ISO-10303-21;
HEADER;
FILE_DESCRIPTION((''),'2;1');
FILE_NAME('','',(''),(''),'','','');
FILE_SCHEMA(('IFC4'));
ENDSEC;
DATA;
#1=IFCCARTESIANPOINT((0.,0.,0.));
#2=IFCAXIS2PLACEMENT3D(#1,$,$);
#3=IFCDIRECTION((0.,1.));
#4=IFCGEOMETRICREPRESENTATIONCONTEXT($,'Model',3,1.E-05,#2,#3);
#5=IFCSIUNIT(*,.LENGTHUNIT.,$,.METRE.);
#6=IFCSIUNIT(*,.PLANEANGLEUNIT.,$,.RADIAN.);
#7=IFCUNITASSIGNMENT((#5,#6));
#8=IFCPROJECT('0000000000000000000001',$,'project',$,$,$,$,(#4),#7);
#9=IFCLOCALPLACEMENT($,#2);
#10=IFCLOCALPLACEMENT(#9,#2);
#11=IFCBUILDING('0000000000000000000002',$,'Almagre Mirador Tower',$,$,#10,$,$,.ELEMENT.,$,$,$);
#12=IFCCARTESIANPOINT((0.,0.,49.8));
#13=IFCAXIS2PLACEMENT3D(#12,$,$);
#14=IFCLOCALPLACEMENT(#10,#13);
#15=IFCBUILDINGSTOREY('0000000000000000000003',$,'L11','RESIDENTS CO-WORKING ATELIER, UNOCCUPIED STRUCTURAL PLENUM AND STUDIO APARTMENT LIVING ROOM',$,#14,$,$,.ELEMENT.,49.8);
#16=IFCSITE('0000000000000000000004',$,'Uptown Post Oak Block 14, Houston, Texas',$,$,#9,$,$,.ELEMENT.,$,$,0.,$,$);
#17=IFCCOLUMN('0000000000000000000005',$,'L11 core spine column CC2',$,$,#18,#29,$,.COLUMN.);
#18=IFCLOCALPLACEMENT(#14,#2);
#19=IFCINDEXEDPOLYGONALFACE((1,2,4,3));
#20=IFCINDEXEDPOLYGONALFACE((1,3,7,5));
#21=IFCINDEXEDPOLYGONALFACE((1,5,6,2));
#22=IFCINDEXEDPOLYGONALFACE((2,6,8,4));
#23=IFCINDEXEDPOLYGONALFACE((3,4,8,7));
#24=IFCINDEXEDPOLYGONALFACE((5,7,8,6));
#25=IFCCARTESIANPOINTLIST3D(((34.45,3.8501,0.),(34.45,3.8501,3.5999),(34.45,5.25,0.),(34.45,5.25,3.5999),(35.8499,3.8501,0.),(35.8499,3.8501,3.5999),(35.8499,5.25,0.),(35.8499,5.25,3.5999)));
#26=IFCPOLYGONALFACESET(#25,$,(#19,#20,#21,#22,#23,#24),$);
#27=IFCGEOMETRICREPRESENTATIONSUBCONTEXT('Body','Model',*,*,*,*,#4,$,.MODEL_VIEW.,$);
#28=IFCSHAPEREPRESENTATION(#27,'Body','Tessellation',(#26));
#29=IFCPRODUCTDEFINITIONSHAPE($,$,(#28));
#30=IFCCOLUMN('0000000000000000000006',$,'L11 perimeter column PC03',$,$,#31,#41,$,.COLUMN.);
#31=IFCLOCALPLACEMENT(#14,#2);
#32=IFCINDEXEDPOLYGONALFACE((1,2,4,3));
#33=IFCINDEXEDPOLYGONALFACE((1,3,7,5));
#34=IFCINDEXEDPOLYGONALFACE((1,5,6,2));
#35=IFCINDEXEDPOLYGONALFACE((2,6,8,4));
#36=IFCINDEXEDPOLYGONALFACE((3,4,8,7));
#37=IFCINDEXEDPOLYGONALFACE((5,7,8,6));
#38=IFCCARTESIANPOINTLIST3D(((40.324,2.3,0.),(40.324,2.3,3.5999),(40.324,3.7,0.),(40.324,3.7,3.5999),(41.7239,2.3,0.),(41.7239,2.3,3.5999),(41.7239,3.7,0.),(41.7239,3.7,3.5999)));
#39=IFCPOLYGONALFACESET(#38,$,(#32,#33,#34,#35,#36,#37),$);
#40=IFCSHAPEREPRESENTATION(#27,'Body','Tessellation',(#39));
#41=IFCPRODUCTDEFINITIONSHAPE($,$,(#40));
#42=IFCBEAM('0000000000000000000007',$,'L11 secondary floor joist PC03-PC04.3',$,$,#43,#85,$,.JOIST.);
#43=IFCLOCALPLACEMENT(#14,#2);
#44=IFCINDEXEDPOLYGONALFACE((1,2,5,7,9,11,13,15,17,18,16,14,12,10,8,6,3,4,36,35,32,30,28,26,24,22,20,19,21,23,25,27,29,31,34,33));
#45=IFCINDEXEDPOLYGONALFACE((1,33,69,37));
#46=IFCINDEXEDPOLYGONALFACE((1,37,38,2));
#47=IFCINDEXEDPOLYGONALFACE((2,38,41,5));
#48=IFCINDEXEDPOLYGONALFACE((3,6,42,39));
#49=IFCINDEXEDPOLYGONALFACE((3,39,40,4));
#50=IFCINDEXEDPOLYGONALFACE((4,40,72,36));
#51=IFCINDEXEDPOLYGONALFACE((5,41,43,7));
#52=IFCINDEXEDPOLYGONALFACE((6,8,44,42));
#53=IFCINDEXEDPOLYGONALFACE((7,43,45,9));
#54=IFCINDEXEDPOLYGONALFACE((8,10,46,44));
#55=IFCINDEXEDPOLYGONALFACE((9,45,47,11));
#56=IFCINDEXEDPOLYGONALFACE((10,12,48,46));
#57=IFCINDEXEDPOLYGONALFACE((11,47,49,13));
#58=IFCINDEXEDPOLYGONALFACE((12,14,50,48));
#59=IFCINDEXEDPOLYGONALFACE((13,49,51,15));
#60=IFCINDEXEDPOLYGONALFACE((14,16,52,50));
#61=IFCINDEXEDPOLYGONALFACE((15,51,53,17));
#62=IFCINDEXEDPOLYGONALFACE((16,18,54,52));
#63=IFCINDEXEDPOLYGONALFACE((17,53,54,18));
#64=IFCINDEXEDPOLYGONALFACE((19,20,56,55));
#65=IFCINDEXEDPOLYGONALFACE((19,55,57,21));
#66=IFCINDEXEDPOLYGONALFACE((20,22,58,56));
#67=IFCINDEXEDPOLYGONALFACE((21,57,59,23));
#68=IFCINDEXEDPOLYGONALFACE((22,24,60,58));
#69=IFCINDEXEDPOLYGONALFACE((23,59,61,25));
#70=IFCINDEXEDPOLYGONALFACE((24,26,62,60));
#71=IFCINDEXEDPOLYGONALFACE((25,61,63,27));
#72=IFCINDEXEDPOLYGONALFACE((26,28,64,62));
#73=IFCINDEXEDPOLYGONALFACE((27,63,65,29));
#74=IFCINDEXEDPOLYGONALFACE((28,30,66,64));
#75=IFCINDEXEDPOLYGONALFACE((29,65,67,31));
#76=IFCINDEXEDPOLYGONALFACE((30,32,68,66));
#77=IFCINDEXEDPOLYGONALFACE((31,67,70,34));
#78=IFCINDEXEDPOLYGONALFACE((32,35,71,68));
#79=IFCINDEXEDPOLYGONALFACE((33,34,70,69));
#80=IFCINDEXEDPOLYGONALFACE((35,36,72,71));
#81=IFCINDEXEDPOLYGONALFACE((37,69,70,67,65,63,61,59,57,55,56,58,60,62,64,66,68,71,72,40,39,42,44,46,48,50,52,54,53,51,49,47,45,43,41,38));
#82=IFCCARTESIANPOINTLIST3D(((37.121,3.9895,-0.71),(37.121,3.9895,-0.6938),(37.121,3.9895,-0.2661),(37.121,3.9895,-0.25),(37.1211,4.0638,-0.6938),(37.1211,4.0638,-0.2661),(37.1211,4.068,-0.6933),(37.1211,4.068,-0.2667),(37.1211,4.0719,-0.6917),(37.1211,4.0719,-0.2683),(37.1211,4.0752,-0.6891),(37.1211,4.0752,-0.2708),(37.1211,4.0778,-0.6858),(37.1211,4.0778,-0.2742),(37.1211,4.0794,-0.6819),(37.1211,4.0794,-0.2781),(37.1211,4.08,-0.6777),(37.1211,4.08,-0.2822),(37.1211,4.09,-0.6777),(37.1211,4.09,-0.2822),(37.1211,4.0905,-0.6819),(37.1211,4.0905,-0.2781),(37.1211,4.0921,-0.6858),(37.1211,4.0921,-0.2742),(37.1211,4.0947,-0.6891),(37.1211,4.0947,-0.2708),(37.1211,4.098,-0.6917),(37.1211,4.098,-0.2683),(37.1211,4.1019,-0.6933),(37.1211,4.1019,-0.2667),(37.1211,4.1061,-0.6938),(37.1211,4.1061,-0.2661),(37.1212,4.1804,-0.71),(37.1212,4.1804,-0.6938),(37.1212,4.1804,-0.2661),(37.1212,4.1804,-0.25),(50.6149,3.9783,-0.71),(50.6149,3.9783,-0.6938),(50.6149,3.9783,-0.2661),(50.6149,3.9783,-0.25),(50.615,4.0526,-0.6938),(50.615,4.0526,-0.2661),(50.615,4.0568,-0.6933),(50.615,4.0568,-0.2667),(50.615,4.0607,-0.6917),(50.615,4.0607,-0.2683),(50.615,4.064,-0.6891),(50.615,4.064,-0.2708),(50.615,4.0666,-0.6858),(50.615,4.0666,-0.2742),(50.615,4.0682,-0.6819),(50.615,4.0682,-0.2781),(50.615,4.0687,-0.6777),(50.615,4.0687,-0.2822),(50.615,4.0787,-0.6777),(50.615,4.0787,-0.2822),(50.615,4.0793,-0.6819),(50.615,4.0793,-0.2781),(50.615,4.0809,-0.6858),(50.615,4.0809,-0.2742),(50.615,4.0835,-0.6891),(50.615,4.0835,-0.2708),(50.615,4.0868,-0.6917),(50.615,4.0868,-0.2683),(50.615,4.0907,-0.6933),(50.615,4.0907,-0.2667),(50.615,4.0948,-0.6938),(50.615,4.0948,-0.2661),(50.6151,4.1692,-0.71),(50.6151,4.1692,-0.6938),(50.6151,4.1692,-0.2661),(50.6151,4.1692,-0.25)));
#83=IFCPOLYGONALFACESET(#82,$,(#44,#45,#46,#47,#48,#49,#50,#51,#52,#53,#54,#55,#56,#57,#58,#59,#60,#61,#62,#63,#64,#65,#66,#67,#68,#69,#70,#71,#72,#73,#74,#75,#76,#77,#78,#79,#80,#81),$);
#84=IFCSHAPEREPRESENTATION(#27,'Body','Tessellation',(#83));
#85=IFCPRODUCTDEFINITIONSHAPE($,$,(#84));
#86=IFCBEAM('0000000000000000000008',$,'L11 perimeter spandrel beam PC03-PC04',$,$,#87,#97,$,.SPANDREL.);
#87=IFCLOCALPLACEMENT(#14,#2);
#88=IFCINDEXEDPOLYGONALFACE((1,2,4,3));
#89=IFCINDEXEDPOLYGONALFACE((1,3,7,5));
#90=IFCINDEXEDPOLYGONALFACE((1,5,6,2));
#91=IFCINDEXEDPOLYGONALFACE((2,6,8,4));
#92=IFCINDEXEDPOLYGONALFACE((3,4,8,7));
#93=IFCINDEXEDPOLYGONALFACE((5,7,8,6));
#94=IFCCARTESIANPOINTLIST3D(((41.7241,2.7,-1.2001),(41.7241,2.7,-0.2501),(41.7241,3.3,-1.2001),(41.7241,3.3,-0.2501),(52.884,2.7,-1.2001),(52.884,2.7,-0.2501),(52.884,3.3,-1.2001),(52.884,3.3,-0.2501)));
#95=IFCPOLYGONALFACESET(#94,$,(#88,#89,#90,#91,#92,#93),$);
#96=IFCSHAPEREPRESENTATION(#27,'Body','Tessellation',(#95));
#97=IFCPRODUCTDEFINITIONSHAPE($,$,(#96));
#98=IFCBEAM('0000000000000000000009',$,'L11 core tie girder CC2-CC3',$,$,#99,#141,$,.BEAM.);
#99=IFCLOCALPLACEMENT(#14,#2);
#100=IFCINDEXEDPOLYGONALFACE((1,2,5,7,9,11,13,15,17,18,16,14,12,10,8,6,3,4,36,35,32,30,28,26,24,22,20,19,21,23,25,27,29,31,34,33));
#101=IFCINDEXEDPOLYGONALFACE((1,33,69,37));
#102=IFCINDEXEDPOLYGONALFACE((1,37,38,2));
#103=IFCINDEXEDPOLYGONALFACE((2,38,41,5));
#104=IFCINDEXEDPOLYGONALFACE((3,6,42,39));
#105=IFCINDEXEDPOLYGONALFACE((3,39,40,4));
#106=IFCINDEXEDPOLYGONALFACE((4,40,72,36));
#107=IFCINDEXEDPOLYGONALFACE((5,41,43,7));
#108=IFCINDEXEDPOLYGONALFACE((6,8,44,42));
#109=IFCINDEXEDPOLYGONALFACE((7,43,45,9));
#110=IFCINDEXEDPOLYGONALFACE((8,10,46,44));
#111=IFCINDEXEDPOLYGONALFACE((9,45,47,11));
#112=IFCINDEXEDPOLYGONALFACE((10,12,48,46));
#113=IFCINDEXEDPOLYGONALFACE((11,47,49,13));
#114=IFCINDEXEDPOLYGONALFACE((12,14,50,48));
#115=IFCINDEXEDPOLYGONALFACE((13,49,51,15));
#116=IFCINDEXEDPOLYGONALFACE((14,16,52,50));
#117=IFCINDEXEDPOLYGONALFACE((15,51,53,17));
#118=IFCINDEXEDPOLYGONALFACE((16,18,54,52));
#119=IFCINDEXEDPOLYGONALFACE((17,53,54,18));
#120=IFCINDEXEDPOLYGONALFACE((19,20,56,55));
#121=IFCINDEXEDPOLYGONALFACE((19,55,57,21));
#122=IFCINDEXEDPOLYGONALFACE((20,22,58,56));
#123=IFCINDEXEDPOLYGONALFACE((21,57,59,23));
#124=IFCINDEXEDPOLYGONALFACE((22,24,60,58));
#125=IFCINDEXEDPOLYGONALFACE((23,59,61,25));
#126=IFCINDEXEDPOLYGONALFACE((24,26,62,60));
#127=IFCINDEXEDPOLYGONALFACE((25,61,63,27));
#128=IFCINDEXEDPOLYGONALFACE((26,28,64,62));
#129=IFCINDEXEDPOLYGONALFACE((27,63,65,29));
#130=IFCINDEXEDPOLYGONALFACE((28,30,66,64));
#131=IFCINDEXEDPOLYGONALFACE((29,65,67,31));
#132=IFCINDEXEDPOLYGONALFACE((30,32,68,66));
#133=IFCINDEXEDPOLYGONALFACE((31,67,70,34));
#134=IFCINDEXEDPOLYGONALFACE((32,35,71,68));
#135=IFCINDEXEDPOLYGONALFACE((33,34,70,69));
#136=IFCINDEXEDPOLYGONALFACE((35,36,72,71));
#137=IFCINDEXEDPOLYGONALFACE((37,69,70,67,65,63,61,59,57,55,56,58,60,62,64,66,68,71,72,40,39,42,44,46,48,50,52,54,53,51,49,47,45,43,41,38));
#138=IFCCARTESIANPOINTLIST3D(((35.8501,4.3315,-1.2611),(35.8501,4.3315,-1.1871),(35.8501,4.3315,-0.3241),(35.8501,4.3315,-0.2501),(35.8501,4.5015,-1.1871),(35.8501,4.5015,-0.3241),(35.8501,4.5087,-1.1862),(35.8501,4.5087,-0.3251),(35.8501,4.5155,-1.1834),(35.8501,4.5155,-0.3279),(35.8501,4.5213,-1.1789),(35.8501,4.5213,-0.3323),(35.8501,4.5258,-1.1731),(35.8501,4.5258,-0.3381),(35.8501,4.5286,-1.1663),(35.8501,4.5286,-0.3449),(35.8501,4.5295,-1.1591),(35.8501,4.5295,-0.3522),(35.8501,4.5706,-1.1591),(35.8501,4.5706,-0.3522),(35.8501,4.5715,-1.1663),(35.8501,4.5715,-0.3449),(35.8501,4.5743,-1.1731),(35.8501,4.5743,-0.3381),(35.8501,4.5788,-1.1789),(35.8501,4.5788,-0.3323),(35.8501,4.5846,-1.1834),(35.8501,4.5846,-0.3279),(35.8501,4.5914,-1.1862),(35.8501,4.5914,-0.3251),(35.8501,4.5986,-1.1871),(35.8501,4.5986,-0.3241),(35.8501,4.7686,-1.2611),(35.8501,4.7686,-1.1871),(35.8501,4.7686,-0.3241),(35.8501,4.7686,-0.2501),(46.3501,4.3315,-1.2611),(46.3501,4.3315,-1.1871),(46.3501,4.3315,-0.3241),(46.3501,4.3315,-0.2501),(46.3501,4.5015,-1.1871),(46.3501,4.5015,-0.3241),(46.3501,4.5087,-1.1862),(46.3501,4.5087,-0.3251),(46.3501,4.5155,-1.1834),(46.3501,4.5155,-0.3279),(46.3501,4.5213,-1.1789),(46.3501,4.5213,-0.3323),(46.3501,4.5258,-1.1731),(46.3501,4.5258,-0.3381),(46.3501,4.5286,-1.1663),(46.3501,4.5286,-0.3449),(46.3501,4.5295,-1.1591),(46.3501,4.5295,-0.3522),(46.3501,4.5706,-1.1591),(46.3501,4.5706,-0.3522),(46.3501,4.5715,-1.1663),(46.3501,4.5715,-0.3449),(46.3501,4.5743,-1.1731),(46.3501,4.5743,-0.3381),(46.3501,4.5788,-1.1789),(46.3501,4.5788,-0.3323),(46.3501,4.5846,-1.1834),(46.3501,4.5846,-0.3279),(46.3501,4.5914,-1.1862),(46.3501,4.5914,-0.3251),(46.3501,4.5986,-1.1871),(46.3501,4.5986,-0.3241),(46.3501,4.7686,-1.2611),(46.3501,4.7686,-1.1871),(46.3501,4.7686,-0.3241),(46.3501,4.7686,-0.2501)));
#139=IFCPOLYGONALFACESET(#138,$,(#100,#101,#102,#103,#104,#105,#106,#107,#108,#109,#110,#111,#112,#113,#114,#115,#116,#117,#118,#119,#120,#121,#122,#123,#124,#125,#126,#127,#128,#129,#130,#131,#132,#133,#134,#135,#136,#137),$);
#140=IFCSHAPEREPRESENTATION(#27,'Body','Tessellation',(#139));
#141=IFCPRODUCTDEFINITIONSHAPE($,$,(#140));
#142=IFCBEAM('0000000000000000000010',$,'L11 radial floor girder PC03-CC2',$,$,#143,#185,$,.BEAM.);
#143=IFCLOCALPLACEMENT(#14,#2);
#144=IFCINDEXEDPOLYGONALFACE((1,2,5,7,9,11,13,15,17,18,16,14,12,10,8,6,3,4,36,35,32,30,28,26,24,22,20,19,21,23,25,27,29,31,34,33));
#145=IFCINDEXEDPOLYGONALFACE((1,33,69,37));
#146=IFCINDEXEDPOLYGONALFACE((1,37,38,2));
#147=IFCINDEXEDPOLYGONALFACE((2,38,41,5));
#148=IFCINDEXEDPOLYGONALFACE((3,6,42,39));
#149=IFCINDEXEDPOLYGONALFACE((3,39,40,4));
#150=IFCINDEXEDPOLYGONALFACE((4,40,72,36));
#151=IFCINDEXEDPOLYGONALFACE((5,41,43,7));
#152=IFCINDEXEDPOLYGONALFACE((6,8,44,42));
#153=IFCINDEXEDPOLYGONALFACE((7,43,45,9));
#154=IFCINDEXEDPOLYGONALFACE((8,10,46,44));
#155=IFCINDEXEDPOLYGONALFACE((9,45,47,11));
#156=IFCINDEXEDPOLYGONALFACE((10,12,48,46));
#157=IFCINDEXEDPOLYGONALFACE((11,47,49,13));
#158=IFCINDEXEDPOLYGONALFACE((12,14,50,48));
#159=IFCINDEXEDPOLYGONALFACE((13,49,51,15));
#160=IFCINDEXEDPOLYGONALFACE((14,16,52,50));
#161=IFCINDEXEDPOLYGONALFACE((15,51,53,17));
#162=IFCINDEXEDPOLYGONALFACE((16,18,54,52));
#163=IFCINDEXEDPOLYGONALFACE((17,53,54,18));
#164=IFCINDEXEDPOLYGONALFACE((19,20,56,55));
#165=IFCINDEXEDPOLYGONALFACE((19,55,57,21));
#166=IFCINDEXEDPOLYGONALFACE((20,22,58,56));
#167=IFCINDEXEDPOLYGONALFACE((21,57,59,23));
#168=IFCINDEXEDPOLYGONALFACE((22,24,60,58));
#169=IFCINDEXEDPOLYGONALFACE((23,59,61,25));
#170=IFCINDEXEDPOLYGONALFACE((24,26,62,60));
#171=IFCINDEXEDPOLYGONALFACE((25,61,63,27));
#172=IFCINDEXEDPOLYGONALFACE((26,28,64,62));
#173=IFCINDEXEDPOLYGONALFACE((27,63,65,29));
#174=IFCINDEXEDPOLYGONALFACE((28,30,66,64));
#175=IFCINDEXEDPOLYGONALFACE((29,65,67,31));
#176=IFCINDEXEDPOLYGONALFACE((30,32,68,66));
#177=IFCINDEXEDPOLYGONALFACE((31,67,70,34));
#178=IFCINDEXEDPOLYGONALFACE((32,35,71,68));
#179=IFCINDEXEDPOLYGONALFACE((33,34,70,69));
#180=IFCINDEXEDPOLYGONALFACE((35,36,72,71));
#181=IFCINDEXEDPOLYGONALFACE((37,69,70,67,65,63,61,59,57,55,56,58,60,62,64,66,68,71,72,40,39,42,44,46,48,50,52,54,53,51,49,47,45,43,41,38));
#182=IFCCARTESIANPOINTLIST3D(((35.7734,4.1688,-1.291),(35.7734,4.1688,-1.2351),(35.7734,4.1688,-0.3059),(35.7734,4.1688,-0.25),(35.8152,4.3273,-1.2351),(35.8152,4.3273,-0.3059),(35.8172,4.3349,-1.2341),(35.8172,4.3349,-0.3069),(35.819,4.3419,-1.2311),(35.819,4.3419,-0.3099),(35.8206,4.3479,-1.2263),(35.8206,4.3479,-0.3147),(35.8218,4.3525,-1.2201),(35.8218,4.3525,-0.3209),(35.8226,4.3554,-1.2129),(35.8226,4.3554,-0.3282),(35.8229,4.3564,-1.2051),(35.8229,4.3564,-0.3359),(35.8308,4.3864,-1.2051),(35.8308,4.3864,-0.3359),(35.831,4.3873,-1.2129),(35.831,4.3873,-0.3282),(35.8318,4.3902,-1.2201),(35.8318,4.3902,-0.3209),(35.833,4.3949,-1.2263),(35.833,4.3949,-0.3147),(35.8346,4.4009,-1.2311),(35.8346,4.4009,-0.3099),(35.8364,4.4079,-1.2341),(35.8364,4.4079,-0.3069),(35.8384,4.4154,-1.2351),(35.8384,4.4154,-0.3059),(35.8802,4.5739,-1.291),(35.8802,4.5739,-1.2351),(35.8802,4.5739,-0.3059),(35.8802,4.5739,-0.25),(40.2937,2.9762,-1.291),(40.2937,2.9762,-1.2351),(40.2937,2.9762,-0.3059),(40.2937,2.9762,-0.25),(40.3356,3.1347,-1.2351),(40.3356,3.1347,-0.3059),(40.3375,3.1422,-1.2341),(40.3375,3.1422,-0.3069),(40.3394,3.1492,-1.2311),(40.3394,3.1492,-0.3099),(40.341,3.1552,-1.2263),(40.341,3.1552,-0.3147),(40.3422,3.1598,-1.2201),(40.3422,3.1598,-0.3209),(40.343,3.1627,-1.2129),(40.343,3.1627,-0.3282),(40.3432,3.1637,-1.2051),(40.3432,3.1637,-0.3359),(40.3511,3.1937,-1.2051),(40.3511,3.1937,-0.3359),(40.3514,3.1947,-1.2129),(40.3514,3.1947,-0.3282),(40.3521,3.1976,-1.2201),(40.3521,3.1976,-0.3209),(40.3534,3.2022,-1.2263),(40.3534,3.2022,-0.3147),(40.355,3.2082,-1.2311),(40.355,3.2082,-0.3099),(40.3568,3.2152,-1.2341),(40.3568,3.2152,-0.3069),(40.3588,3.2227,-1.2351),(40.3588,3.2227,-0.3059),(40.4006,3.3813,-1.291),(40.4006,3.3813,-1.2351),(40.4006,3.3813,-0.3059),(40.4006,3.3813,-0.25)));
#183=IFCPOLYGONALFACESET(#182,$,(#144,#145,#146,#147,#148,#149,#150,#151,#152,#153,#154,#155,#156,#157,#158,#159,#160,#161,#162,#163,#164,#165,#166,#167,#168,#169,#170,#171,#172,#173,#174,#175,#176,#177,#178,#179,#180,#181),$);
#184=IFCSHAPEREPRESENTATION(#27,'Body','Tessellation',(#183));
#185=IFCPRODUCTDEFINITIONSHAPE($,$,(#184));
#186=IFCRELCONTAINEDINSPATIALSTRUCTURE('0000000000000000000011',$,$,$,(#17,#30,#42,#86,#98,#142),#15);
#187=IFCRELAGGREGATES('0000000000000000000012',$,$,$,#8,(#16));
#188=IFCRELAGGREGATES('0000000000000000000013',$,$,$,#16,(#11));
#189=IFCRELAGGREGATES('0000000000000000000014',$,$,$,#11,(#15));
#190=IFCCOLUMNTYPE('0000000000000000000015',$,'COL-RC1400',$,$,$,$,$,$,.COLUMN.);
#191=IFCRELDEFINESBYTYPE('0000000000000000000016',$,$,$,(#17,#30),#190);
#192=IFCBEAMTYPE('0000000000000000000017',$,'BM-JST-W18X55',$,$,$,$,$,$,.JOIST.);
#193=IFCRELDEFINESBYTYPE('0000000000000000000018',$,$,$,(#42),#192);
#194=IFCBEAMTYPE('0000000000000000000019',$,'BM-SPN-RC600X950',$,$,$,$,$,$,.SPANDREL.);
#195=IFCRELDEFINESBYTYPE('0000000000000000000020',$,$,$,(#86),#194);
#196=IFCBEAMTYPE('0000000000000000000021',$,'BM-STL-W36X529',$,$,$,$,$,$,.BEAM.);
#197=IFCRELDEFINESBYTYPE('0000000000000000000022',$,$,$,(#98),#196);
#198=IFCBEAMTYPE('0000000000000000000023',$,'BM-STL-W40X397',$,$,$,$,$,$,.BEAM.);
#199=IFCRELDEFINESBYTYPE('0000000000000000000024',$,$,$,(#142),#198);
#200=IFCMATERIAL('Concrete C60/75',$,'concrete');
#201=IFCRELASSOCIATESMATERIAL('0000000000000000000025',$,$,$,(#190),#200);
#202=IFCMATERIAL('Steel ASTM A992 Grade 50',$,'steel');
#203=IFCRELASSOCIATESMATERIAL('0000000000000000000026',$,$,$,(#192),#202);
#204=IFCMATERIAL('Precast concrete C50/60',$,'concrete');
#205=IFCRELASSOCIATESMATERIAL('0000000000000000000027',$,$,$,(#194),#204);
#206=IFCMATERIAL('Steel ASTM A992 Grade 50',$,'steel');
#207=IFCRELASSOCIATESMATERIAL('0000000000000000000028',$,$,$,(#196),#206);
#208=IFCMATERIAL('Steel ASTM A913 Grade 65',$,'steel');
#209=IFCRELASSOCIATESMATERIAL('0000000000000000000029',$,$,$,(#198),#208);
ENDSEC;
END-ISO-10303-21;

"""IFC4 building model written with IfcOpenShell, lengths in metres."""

from ifc_helpers import new_model, si_unit, direction, frame, origin, origin_2d, place, context, subcontext, project, spatial, rectangle, i_section, extrude, material, material_profile, profile_set, type_object, element, save


model = new_model("IFC4")

# Units and contexts
model_context = context("Model", 3, precision=1e-05, world=origin(), true_north=direction((0.0, 1.0)))
body_context = subcontext(model_context, "Body", "Model", "MODEL_VIEW")
ifc_project = project(units=[si_unit("LENGTHUNIT", "METRE"), si_unit("PLANEANGLEUNIT", "RADIAN")], contexts=[model_context])

# Site, building, storey
site_placement = place(None, origin())
site = spatial("IfcSite", under=ifc_project, at=site_placement, Name="Uptown Post Oak Block 14, Houston, Texas", CompositionType="ELEMENT", RefElevation=0.0)
building_placement = place(site_placement, origin())
building = spatial("IfcBuilding", under=site, at=building_placement, Name="Almagre Mirador Tower", CompositionType="ELEMENT")
storey_placement = place(building_placement, frame((0.0, 0.0, 49.8)))
storey = spatial("IfcBuildingStorey", under=building, at=storey_placement, Name="L11", Description="RESIDENTS CO-WORKING ATELIER, UNOCCUPIED STRUCTURAL PLENUM AND STUDIO APARTMENT LIVING ROOM", CompositionType="ELEMENT", Elevation=49.8)

# Columns
ifc_material_1 = material(Name="Concrete C60/75", Category="concrete")
ifc_material_profile_1 = material_profile(ifc_material_1, rectangle(XDim=1.3999, YDim=1.3999, at=origin_2d()), Name="RC1400X1400")
ifc_profile_set_1 = profile_set([ifc_material_profile_1], Name="Concrete C60/75")
column_type = type_object("IfcColumnType", Name="COL-RC1400", PredefinedType="COLUMN", material=ifc_profile_set_1)
for number, where, z_axis, x_axis, name in (
    (1, (35.1499, 4.55, 0.0), (0.0, 0.0, 1.0), (1.0, 0.0, 0.0), "L11 core spine column CC2"),
    (2, (41.0239, 3.0, 0.0), (0.0, 0.0, 1.0), (1.0, 0.0, 0.0), "L11 perimeter column PC03"),
):
    element("IfcColumn", number, at=place(storey_placement, frame(where, z_axis=z_axis, x_axis=x_axis)), inside=storey, type_object=column_type, Name=name, PredefinedType="COLUMN", context=body_context, shape_type="SweptSolid", body=[
        extrude(rectangle(XDim=1.3999, YDim=1.3999, at=origin_2d()), origin(), (0.0, 0.0, 1.0), 3.5999),
    ])

# Beams
ifc_material_2 = material(Name="Steel ASTM A992 Grade 50", Category="steel")
ifc_material_profile_2 = material_profile(ifc_material_2, i_section(OverallWidth=0.1909, OverallDepth=0.46, WebThickness=0.01, FlangeThickness=0.0161, FilletRadius=0.0161, at=origin_2d()), Name="W18X55")
ifc_profile_set_2 = profile_set([ifc_material_profile_2], Name="Steel ASTM A992 Grade 50")
beam_type_1 = type_object("IfcBeamType", Name="BM-JST-W18X55", PredefinedType="JOIST", material=ifc_profile_set_2)
beam_1_placement = place(storey_placement, frame((37.1211, 4.085, -0.48), z_axis=(1.0, -0.000832, 0.0), x_axis=(0.000832, 1.0, 0.0)))
element("IfcBeam", 3, at=beam_1_placement, inside=storey, type_object=beam_type_1, Name="L11 secondary floor joist PC03-PC04.3", PredefinedType="JOIST", context=body_context, shape_type="SweptSolid", body=[
    extrude(i_section(OverallWidth=0.1909, OverallDepth=0.46, WebThickness=0.01, FlangeThickness=0.0161, FilletRadius=0.0161, at=origin_2d()), origin(), (0.0, 0.0, 1.0), 13.4939),
])
ifc_material_3 = material(Name="Precast concrete C50/60", Category="concrete")
ifc_material_profile_3 = material_profile(ifc_material_3, rectangle(XDim=0.6001, YDim=0.95, at=origin_2d()), Name="RC600X950")
ifc_profile_set_3 = profile_set([ifc_material_profile_3], Name="Precast concrete C50/60")
beam_type_2 = type_object("IfcBeamType", Name="BM-SPN-RC600X950", PredefinedType="SPANDREL", material=ifc_profile_set_3)
beam_2_placement = place(storey_placement, frame((41.7241, 3.0, -0.7251), z_axis=(1.0, 0.0, 0.0), x_axis=(0.0, 1.0, 0.0)))
element("IfcBeam", 4, at=beam_2_placement, inside=storey, type_object=beam_type_2, Name="L11 perimeter spandrel beam PC03-PC04", PredefinedType="SPANDREL", context=body_context, shape_type="SweptSolid", body=[
    extrude(rectangle(XDim=0.6001, YDim=0.95, at=origin_2d()), origin(), (0.0, 0.0, 1.0), 11.1599),
])
ifc_material_4 = material(Name="Steel ASTM A992 Grade 50", Category="steel")
ifc_material_profile_4 = material_profile(ifc_material_4, i_section(OverallWidth=0.437, OverallDepth=1.011, WebThickness=0.041, FlangeThickness=0.074, FilletRadius=0.0281, at=origin_2d()), Name="W36X529")
ifc_profile_set_4 = profile_set([ifc_material_profile_4], Name="Steel ASTM A992 Grade 50")
beam_type_3 = type_object("IfcBeamType", Name="BM-STL-W36X529", PredefinedType="BEAM", material=ifc_profile_set_4)
beam_3_placement = place(storey_placement, frame((35.8501, 4.55, -0.7556), z_axis=(1.0, 0.0, 0.0), x_axis=(0.0, 1.0, 0.0)))
element("IfcBeam", 5, at=beam_3_placement, inside=storey, type_object=beam_type_3, Name="L11 core tie girder CC2-CC3", PredefinedType="BEAM", context=body_context, shape_type="SweptSolid", body=[
    extrude(i_section(OverallWidth=0.437, OverallDepth=1.011, WebThickness=0.041, FlangeThickness=0.074, FilletRadius=0.0281, at=origin_2d()), origin(), (0.0, 0.0, 1.0), 10.5),
])
ifc_material_5 = material(Name="Steel ASTM A913 Grade 65", Category="steel")
ifc_material_profile_5 = material_profile(ifc_material_5, i_section(OverallWidth=0.4189, OverallDepth=1.041, WebThickness=0.031, FlangeThickness=0.0559, FilletRadius=0.03, at=origin_2d()), Name="W40X397")
ifc_profile_set_5 = profile_set([ifc_material_profile_5], Name="Steel ASTM A913 Grade 65")
beam_type_4 = type_object("IfcBeamType", Name="BM-STL-W40X397", PredefinedType="BEAM", material=ifc_profile_set_5)
beam_4_placement = place(storey_placement, frame((40.3472, 3.1787, -0.7705), z_axis=(-0.966912, 0.25511, 0.0), x_axis=(-0.25511, -0.966912, 0.0)))
element("IfcBeam", 6, at=beam_4_placement, inside=storey, type_object=beam_type_4, Name="L11 radial floor girder PC03-CC2", PredefinedType="BEAM", context=body_context, shape_type="SweptSolid", body=[
    extrude(i_section(OverallWidth=0.4189, OverallDepth=1.041, WebThickness=0.031, FlangeThickness=0.0559, FilletRadius=0.03, at=origin_2d()), origin(), (0.0, 0.0, 1.0), 4.675),
])

save(model, "model.ifc")
